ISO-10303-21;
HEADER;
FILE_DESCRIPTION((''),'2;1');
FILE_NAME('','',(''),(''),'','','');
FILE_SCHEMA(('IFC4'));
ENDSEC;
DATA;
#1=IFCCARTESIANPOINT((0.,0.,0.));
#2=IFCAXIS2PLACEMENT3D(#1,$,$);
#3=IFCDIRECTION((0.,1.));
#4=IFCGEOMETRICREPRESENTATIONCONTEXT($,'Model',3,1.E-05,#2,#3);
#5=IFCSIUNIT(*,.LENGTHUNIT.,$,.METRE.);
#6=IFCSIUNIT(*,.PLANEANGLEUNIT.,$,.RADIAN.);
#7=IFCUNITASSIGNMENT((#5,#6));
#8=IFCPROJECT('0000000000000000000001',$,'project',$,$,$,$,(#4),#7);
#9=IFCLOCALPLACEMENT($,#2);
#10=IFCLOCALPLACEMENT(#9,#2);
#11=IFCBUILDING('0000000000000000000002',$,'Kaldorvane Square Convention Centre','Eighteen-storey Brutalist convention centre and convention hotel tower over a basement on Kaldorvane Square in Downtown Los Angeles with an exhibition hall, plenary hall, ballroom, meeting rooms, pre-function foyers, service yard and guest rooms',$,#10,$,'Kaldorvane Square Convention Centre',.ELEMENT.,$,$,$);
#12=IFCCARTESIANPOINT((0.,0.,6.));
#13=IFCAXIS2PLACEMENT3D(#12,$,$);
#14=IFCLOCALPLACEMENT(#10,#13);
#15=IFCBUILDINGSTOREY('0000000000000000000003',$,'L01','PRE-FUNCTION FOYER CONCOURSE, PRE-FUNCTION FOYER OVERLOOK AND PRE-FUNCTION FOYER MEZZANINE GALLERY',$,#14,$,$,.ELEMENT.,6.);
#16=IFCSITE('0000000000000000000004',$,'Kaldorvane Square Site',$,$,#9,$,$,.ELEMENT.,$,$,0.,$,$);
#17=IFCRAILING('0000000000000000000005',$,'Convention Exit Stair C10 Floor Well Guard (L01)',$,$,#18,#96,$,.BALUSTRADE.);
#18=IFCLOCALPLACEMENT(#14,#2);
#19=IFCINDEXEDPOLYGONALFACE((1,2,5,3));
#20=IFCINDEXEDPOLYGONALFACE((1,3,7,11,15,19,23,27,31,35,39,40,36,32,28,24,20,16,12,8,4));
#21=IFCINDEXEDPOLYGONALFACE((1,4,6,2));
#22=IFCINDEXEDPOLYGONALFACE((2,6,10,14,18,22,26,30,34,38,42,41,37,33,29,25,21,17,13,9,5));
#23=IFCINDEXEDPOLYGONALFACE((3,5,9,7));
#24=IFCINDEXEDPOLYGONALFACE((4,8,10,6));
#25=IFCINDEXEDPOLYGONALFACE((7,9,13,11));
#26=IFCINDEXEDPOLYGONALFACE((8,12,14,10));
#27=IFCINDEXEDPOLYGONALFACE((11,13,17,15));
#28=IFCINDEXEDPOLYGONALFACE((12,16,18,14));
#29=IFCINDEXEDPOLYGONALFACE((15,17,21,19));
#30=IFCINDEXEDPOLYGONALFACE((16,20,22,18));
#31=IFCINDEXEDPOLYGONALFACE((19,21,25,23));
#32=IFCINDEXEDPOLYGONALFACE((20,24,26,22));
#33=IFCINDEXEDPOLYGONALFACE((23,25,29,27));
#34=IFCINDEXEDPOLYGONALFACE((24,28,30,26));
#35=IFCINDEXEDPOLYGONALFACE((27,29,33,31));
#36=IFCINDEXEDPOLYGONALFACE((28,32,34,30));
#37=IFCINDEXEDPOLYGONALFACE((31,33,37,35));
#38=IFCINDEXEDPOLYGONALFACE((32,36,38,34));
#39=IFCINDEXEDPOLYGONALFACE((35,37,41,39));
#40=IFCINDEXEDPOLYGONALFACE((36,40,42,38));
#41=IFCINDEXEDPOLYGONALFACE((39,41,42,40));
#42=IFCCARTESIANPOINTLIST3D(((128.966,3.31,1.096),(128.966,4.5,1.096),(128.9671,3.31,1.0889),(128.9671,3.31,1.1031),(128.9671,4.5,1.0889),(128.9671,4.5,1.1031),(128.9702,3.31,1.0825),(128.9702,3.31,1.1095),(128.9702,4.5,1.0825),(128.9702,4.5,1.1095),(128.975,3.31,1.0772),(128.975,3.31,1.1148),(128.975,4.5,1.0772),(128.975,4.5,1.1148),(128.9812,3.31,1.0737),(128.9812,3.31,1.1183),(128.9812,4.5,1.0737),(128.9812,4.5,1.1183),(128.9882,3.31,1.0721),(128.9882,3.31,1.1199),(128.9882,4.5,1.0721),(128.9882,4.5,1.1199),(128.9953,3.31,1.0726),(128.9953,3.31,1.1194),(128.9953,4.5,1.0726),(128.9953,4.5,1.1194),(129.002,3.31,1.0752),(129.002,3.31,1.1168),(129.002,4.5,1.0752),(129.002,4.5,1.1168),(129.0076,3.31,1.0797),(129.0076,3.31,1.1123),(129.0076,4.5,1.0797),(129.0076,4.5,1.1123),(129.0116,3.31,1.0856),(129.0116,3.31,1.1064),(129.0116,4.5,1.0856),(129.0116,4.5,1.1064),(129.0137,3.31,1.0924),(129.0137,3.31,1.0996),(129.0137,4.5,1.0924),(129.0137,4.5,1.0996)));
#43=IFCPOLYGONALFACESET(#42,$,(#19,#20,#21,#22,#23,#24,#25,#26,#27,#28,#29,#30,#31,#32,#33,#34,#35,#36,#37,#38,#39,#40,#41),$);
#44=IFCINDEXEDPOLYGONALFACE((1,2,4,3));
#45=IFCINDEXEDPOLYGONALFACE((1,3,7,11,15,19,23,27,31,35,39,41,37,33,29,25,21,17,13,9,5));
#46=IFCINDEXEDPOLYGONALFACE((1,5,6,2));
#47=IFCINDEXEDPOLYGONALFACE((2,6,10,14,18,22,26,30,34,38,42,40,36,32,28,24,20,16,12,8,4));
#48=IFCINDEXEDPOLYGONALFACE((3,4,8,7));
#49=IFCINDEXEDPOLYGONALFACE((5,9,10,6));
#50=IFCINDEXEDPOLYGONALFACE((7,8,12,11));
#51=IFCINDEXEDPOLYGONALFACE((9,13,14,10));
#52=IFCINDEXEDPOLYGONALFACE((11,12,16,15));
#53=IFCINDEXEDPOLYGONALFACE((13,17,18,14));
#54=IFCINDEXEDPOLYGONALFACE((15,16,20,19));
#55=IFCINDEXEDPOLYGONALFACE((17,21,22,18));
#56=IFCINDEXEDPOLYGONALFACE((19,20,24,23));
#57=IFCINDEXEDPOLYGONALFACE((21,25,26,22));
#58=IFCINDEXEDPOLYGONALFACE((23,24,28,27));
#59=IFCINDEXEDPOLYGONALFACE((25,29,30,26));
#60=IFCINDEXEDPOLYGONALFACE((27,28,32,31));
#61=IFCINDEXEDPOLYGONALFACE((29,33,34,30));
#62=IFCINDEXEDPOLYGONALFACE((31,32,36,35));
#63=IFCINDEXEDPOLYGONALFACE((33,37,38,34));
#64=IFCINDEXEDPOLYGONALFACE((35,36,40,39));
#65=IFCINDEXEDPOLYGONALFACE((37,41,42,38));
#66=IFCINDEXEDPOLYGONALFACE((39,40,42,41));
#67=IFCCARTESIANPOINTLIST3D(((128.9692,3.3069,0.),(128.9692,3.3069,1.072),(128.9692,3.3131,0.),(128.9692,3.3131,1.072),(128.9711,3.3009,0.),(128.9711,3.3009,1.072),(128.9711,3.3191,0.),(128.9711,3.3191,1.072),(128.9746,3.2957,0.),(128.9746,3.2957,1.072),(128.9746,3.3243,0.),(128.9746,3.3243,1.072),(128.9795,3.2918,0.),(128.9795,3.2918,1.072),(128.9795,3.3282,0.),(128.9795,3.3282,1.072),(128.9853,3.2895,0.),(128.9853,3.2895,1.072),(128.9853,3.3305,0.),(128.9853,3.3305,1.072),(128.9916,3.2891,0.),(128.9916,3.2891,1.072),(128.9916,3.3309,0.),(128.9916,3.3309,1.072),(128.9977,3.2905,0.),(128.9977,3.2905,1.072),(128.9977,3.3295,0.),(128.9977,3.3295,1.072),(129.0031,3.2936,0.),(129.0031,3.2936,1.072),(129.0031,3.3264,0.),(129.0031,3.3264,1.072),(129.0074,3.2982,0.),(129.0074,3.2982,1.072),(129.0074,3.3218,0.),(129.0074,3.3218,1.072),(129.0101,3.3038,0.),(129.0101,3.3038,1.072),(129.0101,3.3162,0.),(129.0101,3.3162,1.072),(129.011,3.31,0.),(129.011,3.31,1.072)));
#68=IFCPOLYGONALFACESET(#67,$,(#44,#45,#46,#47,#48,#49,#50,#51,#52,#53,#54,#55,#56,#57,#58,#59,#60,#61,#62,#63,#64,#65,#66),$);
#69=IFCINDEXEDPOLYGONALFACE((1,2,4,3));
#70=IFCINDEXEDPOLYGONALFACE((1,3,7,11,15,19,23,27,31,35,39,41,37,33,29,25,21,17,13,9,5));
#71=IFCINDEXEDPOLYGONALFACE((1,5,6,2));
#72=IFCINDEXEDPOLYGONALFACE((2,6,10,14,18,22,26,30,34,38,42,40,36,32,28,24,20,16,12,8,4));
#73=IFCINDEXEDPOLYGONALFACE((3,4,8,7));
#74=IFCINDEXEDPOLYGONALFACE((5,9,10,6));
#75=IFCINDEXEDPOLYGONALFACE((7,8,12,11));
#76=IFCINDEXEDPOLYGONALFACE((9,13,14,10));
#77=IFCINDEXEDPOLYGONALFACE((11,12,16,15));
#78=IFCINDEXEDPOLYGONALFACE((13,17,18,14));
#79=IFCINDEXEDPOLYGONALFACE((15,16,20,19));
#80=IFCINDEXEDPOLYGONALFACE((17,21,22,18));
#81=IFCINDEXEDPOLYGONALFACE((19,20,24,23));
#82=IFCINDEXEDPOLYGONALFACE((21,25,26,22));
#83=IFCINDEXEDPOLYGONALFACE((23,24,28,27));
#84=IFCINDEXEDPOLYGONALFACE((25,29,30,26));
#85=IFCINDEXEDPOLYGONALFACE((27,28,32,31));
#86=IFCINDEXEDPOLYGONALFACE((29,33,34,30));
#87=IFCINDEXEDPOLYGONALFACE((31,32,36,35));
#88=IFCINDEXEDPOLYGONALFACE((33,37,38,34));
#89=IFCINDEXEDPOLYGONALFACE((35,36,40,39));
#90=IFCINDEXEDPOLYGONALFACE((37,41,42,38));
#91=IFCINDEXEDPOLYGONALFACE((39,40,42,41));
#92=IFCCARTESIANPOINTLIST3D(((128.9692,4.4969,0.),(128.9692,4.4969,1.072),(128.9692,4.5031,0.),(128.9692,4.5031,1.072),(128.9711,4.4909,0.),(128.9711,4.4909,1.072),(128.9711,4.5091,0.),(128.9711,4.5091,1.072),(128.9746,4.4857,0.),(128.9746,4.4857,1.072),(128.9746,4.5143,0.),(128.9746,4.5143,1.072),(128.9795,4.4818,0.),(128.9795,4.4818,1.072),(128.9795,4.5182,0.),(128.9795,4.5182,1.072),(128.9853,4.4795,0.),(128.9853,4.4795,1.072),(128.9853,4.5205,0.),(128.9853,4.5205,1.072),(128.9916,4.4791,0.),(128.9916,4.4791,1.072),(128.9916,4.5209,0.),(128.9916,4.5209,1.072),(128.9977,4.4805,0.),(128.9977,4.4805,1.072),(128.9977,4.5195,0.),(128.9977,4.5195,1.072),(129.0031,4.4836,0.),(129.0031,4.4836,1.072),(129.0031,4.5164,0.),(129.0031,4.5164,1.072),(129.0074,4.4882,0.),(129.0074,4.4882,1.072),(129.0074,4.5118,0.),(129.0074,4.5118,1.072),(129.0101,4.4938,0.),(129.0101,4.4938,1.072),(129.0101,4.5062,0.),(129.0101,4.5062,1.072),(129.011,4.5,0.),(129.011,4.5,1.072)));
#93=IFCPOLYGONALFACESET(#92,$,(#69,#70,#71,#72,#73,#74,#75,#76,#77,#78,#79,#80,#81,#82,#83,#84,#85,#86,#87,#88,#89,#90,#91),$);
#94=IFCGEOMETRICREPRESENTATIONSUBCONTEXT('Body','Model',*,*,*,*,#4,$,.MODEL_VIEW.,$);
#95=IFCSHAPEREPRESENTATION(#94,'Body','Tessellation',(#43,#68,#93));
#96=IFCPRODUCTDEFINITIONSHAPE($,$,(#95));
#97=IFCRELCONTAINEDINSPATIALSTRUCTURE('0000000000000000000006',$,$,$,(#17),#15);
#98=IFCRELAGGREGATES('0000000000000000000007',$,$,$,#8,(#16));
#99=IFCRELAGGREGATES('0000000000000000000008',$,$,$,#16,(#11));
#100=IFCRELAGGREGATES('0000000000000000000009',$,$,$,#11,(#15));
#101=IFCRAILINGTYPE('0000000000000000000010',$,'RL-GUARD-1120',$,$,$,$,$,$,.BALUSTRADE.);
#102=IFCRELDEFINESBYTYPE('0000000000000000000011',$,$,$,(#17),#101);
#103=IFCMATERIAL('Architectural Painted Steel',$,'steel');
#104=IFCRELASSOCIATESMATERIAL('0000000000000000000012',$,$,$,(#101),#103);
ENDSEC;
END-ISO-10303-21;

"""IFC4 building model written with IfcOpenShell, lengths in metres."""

from ifc_helpers import new_model, si_unit, direction, frame, origin, origin_2d, place, context, subcontext, project, spatial, circle, extrude, material, type_object, element, save


model = new_model("IFC4")

# Units and contexts
model_context = context("Model", 3, precision=1e-05, world=origin(), true_north=direction((0.0, 1.0)))
body_context = subcontext(model_context, "Body", "Model", "MODEL_VIEW")
ifc_project = project(units=[si_unit("LENGTHUNIT", "METRE"), si_unit("PLANEANGLEUNIT", "RADIAN")], contexts=[model_context])

# Site, building, storey
site_placement = place(None, origin())
site = spatial("IfcSite", under=ifc_project, at=site_placement, Name="Kaldorvane Square Site", CompositionType="ELEMENT", RefElevation=0.0)
building_placement = place(site_placement, origin())
building = spatial("IfcBuilding", under=site, at=building_placement, Name="Kaldorvane Square Convention Centre", Description="Eighteen-storey Brutalist convention centre and convention hotel tower over a basement on Kaldorvane Square in Downtown Los Angeles with an exhibition hall, plenary hall, ballroom, meeting rooms, pre-function foyers, service yard and guest rooms", LongName="Kaldorvane Square Convention Centre", CompositionType="ELEMENT")
storey_placement = place(building_placement, frame((0.0, 0.0, 6.0)))
storey = spatial("IfcBuildingStorey", under=building, at=storey_placement, Name="L01", Description="PRE-FUNCTION FOYER CONCOURSE, PRE-FUNCTION FOYER OVERLOOK AND PRE-FUNCTION FOYER MEZZANINE GALLERY", CompositionType="ELEMENT", Elevation=6.0)

# Railing
ifc_material_1 = material(Name="Architectural Painted Steel", Category="steel")
railing_type_1 = type_object("IfcRailingType", Name="RL-GUARD-1120", PredefinedType="BALUSTRADE", material=ifc_material_1)
railing_1_placement = place(storey_placement, frame((128.99, 3.31, 0.0)))
element("IfcRailing", 1, at=railing_1_placement, inside=storey, type_object=railing_type_1, Name="Convention Exit Stair C10 Floor Well Guard (L01)", PredefinedType="BALUSTRADE", context=body_context, shape_type="SweptSolid", body=[
    extrude(circle(Radius=0.024, at=origin_2d()), frame((0.0, 0.0, 1.096), z_axis=(0.0, 1.0, 0.0), x_axis=(-1.0, 0.0, 0.0)), (0.0, 0.0, 1.0), 1.19),
    extrude(circle(Radius=0.021, at=origin_2d()), origin(), (0.0, 0.0, 1.0), 1.072),
    extrude(circle(Radius=0.021, at=origin_2d()), frame((0.0, 1.19, 0.0)), (0.0, 0.0, 1.0), 1.072),
])

save(model, "model.ifc")
